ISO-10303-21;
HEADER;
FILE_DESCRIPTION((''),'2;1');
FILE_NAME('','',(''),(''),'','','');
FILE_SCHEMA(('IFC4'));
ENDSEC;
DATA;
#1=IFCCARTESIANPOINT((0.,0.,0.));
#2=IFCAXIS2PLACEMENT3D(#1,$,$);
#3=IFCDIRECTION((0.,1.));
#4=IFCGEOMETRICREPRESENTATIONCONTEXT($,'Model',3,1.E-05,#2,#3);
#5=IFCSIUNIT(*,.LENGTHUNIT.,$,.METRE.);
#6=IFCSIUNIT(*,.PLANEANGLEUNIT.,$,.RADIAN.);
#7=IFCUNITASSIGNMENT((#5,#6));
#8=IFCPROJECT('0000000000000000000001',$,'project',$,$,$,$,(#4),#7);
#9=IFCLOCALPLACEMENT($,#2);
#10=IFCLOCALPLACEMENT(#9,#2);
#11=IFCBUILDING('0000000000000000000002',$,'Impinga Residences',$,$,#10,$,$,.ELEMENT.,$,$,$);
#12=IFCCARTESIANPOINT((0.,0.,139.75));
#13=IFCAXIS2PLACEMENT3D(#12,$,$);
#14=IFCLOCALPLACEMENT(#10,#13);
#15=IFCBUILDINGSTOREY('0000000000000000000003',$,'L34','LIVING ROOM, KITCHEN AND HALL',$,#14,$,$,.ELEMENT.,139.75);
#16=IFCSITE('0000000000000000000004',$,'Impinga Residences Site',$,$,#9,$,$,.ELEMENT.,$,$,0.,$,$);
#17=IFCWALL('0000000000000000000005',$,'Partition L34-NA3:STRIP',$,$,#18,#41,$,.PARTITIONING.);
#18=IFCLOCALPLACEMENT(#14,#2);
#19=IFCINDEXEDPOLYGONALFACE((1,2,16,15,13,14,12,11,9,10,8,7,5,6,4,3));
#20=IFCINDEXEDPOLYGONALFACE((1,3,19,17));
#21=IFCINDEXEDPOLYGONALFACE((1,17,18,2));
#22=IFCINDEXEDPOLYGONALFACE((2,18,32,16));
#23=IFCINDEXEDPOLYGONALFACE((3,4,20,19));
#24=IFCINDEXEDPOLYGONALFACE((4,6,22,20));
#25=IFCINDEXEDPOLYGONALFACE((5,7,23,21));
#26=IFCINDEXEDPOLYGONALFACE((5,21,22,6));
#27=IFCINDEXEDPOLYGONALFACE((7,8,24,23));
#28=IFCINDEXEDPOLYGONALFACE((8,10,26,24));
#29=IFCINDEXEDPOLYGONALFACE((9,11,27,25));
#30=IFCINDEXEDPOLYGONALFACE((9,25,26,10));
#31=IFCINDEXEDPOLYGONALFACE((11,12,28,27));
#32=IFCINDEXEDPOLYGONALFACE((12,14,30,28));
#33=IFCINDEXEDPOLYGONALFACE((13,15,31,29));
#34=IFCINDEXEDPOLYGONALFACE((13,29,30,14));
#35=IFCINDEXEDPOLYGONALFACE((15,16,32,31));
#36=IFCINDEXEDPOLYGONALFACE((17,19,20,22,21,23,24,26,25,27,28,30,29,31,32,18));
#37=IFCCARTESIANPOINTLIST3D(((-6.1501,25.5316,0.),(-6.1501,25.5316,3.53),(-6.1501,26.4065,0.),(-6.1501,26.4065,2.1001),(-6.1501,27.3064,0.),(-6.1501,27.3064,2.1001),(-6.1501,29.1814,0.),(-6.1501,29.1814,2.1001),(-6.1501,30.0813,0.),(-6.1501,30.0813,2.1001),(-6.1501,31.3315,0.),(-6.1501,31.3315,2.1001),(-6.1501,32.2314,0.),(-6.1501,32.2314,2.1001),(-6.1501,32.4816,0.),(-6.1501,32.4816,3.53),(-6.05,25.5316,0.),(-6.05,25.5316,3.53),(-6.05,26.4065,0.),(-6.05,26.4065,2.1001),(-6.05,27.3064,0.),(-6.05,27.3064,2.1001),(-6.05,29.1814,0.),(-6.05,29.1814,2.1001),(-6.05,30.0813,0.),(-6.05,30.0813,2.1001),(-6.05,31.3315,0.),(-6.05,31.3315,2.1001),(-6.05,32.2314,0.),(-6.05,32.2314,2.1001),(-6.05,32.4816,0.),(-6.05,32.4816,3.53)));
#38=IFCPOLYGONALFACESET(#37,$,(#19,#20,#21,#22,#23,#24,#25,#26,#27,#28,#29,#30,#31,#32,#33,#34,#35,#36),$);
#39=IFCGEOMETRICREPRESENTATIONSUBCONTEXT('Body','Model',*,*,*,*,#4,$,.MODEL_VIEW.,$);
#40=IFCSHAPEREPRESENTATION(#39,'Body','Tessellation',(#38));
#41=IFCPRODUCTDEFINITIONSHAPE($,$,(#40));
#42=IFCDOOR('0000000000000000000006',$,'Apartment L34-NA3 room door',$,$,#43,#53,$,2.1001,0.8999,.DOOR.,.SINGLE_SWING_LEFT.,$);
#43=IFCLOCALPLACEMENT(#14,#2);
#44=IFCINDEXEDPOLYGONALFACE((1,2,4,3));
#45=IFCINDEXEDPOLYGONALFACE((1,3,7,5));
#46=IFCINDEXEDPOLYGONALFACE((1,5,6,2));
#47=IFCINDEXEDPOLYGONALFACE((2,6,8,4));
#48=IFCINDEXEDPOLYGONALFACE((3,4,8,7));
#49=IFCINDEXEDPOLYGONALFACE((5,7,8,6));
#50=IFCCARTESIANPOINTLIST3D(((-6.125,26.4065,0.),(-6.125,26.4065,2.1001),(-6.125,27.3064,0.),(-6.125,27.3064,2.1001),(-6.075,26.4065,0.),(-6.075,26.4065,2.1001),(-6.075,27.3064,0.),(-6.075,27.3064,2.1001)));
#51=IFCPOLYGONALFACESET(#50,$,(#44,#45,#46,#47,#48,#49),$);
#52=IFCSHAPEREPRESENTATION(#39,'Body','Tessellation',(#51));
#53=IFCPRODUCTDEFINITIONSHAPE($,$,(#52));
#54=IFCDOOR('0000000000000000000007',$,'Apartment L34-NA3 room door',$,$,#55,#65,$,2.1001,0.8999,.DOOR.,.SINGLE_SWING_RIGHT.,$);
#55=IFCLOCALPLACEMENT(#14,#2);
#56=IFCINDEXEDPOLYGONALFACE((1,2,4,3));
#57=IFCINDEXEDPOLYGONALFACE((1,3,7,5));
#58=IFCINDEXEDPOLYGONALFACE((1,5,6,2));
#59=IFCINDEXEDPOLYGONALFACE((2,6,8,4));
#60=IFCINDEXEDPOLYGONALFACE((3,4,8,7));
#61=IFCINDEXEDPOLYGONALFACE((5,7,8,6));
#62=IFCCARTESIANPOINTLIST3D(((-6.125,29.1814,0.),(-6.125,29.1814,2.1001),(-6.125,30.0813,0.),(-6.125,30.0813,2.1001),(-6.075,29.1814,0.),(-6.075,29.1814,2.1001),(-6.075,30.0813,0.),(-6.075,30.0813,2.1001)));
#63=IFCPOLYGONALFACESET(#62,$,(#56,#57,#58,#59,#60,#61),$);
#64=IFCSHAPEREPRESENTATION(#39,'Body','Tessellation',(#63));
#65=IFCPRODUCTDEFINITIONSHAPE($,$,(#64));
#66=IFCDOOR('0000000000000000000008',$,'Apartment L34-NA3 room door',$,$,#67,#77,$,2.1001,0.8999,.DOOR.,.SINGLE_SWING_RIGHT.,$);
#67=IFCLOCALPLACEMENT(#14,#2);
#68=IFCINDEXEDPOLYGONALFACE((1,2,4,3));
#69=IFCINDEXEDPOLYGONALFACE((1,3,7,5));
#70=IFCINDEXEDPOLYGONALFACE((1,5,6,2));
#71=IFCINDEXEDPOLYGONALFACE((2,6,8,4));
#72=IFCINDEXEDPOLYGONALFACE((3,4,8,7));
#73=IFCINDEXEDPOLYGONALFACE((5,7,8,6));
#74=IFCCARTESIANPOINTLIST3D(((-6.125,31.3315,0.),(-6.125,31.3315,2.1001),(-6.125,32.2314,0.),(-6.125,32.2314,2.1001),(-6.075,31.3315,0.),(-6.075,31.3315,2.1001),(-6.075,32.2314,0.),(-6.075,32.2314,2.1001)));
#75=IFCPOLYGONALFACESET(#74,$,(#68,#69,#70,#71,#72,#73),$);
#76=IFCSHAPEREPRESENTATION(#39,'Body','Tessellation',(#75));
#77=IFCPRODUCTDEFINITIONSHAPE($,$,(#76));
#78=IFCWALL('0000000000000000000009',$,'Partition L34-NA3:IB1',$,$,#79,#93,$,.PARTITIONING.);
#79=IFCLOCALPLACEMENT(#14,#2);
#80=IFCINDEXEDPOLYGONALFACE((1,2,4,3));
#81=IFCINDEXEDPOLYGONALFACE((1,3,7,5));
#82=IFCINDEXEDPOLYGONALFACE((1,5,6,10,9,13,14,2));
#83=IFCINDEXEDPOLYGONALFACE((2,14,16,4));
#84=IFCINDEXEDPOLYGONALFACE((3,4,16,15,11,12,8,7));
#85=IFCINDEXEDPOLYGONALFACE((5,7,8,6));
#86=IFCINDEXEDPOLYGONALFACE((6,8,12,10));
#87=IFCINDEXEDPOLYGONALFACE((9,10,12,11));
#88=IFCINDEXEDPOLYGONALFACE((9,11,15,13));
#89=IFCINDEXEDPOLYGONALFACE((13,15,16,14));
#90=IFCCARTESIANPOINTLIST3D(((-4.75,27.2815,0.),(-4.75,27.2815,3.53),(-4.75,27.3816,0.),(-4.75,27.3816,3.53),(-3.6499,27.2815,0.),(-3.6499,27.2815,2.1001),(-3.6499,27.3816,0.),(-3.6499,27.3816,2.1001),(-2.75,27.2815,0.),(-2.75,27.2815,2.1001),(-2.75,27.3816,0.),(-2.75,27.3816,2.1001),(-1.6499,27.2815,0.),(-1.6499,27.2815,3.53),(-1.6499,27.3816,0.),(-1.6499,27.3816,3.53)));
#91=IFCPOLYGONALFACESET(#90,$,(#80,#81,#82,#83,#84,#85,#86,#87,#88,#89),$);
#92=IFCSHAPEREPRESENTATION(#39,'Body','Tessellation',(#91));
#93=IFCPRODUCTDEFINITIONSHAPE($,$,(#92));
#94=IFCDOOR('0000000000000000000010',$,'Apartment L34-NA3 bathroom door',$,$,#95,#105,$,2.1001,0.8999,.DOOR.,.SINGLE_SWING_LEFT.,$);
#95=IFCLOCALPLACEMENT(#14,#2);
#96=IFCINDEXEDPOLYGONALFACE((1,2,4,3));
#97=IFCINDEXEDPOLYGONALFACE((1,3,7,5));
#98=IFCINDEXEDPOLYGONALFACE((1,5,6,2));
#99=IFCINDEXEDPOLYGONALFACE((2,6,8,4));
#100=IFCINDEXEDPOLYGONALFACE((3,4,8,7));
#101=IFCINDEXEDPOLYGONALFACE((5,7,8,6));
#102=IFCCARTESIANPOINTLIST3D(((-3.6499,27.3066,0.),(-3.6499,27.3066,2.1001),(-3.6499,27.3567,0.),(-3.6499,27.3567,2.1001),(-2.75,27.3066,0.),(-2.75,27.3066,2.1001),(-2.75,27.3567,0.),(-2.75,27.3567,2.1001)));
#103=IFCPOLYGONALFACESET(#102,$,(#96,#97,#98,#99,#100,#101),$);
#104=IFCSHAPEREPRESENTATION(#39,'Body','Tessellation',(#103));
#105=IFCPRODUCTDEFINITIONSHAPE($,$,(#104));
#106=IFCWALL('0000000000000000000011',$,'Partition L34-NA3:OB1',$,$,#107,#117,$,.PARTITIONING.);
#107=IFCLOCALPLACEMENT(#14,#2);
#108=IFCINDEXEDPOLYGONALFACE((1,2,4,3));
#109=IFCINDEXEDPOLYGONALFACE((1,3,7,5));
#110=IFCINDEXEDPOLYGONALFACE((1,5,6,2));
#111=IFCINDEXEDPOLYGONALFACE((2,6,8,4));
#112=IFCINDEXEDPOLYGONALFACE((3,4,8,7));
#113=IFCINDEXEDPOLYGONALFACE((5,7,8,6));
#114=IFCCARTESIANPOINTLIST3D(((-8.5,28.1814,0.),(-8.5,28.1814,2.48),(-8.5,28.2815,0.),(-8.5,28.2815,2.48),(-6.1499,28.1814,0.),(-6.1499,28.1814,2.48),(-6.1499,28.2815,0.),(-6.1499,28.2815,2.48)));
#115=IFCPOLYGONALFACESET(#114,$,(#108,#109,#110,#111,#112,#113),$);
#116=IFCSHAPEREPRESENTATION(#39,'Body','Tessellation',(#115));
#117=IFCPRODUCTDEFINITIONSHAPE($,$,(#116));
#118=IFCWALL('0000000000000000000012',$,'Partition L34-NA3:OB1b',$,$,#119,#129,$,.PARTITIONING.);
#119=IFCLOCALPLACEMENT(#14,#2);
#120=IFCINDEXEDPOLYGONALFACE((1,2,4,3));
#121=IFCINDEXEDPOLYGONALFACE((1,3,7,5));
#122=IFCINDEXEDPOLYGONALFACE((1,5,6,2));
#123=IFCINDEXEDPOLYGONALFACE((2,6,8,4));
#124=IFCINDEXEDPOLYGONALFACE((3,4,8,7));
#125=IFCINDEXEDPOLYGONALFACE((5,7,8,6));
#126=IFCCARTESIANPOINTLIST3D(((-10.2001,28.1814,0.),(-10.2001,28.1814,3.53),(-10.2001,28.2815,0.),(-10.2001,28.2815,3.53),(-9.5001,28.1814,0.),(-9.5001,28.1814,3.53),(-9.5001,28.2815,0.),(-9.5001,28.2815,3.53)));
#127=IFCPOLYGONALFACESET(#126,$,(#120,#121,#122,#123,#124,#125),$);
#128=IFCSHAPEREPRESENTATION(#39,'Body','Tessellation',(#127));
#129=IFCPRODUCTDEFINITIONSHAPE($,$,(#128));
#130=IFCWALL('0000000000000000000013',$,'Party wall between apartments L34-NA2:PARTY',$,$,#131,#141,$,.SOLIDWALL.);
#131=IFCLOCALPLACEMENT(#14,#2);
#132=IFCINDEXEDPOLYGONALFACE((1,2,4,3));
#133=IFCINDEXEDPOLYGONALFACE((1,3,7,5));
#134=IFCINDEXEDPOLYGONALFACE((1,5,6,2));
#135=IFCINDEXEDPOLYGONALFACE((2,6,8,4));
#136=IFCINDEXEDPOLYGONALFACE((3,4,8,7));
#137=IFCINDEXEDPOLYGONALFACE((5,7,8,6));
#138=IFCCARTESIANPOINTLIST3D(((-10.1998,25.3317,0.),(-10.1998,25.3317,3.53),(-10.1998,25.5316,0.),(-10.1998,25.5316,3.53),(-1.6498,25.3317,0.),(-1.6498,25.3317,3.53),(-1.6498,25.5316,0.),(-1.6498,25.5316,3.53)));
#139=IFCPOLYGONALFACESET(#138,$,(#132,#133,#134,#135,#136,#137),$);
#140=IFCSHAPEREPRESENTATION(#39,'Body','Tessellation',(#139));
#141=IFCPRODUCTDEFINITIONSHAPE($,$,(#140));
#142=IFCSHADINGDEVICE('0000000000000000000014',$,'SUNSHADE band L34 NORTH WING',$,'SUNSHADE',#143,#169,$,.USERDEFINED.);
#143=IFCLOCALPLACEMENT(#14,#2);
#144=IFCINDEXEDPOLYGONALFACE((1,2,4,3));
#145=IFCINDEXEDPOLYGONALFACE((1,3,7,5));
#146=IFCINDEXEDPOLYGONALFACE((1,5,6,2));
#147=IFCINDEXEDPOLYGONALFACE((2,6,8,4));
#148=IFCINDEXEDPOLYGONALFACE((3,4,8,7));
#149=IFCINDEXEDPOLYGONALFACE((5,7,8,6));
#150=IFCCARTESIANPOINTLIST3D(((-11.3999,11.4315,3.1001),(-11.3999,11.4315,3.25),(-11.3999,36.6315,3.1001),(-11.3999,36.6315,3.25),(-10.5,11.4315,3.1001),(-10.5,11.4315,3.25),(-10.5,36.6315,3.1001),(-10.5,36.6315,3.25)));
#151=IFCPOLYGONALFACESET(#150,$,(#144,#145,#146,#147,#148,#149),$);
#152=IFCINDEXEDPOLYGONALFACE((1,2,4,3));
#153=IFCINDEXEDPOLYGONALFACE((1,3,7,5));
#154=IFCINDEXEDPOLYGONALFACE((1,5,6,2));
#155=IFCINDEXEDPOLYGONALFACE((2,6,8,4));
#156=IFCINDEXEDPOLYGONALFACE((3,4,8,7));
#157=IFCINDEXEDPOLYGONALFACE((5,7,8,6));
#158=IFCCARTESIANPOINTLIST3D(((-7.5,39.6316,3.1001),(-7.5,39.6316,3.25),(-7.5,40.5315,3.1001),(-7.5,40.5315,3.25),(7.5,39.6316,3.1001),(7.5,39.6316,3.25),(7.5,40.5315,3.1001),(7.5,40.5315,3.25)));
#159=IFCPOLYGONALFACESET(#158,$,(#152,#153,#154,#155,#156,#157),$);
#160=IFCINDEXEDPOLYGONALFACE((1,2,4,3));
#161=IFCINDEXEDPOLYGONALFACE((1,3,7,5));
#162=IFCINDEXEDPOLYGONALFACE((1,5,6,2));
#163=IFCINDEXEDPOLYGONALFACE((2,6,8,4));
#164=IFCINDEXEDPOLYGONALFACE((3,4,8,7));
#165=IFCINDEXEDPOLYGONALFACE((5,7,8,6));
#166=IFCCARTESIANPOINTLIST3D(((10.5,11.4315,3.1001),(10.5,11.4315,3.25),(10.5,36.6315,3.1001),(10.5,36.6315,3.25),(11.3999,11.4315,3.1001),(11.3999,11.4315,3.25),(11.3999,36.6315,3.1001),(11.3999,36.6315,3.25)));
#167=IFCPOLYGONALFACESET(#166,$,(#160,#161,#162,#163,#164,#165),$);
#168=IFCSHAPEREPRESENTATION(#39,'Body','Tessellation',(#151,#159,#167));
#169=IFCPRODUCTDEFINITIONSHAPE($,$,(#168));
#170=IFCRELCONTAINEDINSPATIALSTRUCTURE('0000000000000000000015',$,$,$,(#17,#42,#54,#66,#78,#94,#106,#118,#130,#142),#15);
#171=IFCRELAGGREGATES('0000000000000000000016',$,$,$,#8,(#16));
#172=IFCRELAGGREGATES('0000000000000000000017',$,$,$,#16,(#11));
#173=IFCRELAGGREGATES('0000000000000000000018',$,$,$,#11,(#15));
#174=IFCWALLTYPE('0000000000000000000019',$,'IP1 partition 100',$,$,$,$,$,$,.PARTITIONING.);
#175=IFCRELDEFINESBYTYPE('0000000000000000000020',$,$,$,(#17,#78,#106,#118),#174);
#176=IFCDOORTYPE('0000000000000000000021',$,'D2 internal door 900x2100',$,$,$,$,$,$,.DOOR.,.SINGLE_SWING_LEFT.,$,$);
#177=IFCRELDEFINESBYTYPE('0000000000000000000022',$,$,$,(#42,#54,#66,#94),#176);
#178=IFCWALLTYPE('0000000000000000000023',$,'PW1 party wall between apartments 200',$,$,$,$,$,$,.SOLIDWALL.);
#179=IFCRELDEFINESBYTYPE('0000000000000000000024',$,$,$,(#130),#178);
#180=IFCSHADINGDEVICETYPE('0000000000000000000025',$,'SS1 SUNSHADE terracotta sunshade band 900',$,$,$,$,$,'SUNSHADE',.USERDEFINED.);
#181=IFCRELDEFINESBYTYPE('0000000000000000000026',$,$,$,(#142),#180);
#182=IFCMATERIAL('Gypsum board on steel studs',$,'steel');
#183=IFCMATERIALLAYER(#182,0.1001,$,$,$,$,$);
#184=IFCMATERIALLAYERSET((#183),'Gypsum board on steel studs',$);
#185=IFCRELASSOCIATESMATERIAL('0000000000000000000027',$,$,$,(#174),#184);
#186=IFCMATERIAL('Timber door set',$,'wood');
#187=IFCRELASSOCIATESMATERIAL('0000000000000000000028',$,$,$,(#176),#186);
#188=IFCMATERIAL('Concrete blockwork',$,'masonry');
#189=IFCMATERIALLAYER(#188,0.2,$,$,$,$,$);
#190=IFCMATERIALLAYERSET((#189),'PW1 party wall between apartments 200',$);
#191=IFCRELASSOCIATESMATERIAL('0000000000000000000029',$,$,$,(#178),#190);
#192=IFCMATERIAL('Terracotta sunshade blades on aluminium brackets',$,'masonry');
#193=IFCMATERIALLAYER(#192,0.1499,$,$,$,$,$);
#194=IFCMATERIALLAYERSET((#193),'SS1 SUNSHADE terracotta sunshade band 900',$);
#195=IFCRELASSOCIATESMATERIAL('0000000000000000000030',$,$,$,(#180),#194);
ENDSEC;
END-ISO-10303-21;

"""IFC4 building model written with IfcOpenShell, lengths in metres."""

from ifc_helpers import new_model, si_unit, direction, frame, frame_2d, origin, origin_2d, place, context, subcontext, project, spatial, rectangle, extrude, material, layer, layer_set, type_object, element, fill, save


model = new_model("IFC4")

# Units and contexts
model_context = context("Model", 3, precision=1e-05, world=origin(), true_north=direction((0.0, 1.0)))
body_context = subcontext(model_context, "Body", "Model", "MODEL_VIEW")
ifc_project = project(units=[si_unit("LENGTHUNIT", "METRE"), si_unit("PLANEANGLEUNIT", "RADIAN")], contexts=[model_context])

# Site, building, storey
site_placement = place(None, origin())
site = spatial("IfcSite", under=ifc_project, at=site_placement, Name="Impinga Residences Site", CompositionType="ELEMENT", RefElevation=0.0)
building_placement = place(site_placement, origin())
building = spatial("IfcBuilding", under=site, at=building_placement, Name="Impinga Residences", CompositionType="ELEMENT")
storey_placement = place(building_placement, frame((0.0, 0.0, 139.75)))
storey = spatial("IfcBuildingStorey", under=building, at=storey_placement, Name="L34", Description="LIVING ROOM, KITCHEN AND HALL", CompositionType="ELEMENT", Elevation=139.75)

# Shared definitions
ifc_material_1 = material(Name="Concrete blockwork", Category="masonry")
ifc_material_2 = material(Name="Timber door set", Category="wood")
ifc_material_3 = material(Name="Gypsum board on steel studs", Category="steel")
ifc_layer_1 = layer(ifc_material_3, 0.1001)
ifc_layer_set_1 = layer_set([ifc_layer_1], Name="Gypsum board on steel studs")
wall_type_1 = type_object("IfcWallType", Name="IP1 partition 100", PredefinedType="PARTITIONING", material=ifc_layer_set_1)
door_type_1 = type_object("IfcDoorType", Name="D2 internal door 900x2100", OperationType="SINGLE_SWING_LEFT", PredefinedType="DOOR", material=ifc_material_2)

# Wall, openings, doors
wall_1_placement = place(storey_placement, frame((-6.1001, 25.5315, 0.0), z_axis=(0.0, 0.0, 1.0), x_axis=(0.0, 1.0, 0.0)))
wall_1 = element("IfcWall", 1, at=wall_1_placement, inside=storey, type_object=wall_type_1, Name="Partition L34-NA3:STRIP", PredefinedType="PARTITIONING", context=body_context, shape_type="SweptSolid", body=[
    extrude(rectangle(XDim=6.95, YDim=0.1001, at=frame_2d((3.4751, 0.0))), origin(), (0.0, 0.0, 1.0), 3.53),
])
opening_1_placement = place(wall_1_placement, frame((0.875, 0.0, 0.0)))
opening_1 = element("IfcOpeningElement", 2, at=opening_1_placement, cuts=wall_1, PredefinedType="OPENING", context=body_context, shape_type="SweptSolid", body=[
    extrude(rectangle(XDim=0.8999, YDim=2.1001, at=frame_2d((0.45, 1.05))), frame((0.0, 0.0601, 0.0), z_axis=(0.0, -1.0, 0.0), x_axis=(1.0, 0.0, 0.0)), (0.0, 0.0, 1.0), 0.1201),
])
opening_2_placement = place(wall_1_placement, frame((3.6499, 0.0, 0.0)))
opening_2 = element("IfcOpeningElement", 3, at=opening_2_placement, cuts=wall_1, PredefinedType="OPENING", context=body_context, shape_type="SweptSolid", body=[
    extrude(rectangle(XDim=0.8999, YDim=2.1001, at=frame_2d((0.45, 1.05))), frame((0.0, 0.0601, 0.0), z_axis=(0.0, -1.0, 0.0), x_axis=(1.0, 0.0, 0.0)), (0.0, 0.0, 1.0), 0.1201),
])
opening_3_placement = place(wall_1_placement, frame((5.8, 0.0, 0.0)))
opening_3 = element("IfcOpeningElement", 4, at=opening_3_placement, cuts=wall_1, PredefinedType="OPENING", context=body_context, shape_type="SweptSolid", body=[
    extrude(rectangle(XDim=0.8999, YDim=2.1001, at=frame_2d((0.45, 1.05))), frame((0.0, 0.0601, 0.0), z_axis=(0.0, -1.0, 0.0), x_axis=(1.0, 0.0, 0.0)), (0.0, 0.0, 1.0), 0.1201),
])
door_1_placement = place(opening_1_placement, origin())
door_1 = element("IfcDoor", 5, at=door_1_placement, inside=storey, type_object=door_type_1, Name="Apartment L34-NA3 room door", OperationType="SINGLE_SWING_LEFT", OverallHeight=2.1001, OverallWidth=0.8999, PredefinedType="DOOR", context=body_context, shape_type="SweptSolid", body=[
    extrude(rectangle(XDim=0.8999, YDim=2.1001, at=frame_2d((0.45, 1.05))), frame((0.0, 0.0249, 0.0), z_axis=(0.0, -1.0, 0.0), x_axis=(1.0, 0.0, 0.0)), (0.0, 0.0, 1.0), 0.05),
])
fill(opening_1, door_1)
door_2_placement = place(opening_2_placement, origin())
door_2 = element("IfcDoor", 6, at=door_2_placement, inside=storey, type_object=door_type_1, Name="Apartment L34-NA3 room door", OperationType="SINGLE_SWING_RIGHT", OverallHeight=2.1001, OverallWidth=0.8999, PredefinedType="DOOR", context=body_context, shape_type="SweptSolid", body=[
    extrude(rectangle(XDim=0.8999, YDim=2.1001, at=frame_2d((0.45, 1.05))), frame((0.0, 0.0249, 0.0), z_axis=(0.0, -1.0, 0.0), x_axis=(1.0, 0.0, 0.0)), (0.0, 0.0, 1.0), 0.05),
])
fill(opening_2, door_2)
door_3_placement = place(opening_3_placement, origin())
door_3 = element("IfcDoor", 7, at=door_3_placement, inside=storey, type_object=door_type_1, Name="Apartment L34-NA3 room door", OperationType="SINGLE_SWING_RIGHT", OverallHeight=2.1001, OverallWidth=0.8999, PredefinedType="DOOR", context=body_context, shape_type="SweptSolid", body=[
    extrude(rectangle(XDim=0.8999, YDim=2.1001, at=frame_2d((0.45, 1.05))), frame((0.0, 0.0249, 0.0), z_axis=(0.0, -1.0, 0.0), x_axis=(1.0, 0.0, 0.0)), (0.0, 0.0, 1.0), 0.05),
])
fill(opening_3, door_3)

# Wall, opening, door
wall_2_placement = place(storey_placement, frame((-1.6499, 27.3315, 0.0), z_axis=(0.0, 0.0, 1.0), x_axis=(-1.0, 0.0, 0.0)))
wall_2 = element("IfcWall", 8, at=wall_2_placement, inside=storey, type_object=wall_type_1, Name="Partition L34-NA3:IB1", PredefinedType="PARTITIONING", context=body_context, shape_type="SweptSolid", body=[
    extrude(rectangle(XDim=3.1001, YDim=0.1001, at=frame_2d((1.55, 0.0))), origin(), (0.0, 0.0, 1.0), 3.53),
])
opening_4_placement = place(wall_2_placement, frame((1.1001, 0.0, 0.0)))
opening_4 = element("IfcOpeningElement", 9, at=opening_4_placement, cuts=wall_2, PredefinedType="OPENING", context=body_context, shape_type="SweptSolid", body=[
    extrude(rectangle(XDim=0.8999, YDim=2.1001, at=frame_2d((0.45, 1.05))), frame((0.0, 0.0601, 0.0), z_axis=(0.0, -1.0, 0.0), x_axis=(1.0, 0.0, 0.0)), (0.0, 0.0, 1.0), 0.1201),
])
door_4_placement = place(opening_4_placement, origin())
door_4 = element("IfcDoor", 10, at=door_4_placement, inside=storey, type_object=door_type_1, Name="Apartment L34-NA3 bathroom door", OperationType="SINGLE_SWING_LEFT", OverallHeight=2.1001, OverallWidth=0.8999, PredefinedType="DOOR", context=body_context, shape_type="SweptSolid", body=[
    extrude(rectangle(XDim=0.8999, YDim=2.1001, at=frame_2d((0.45, 1.05))), frame((0.0, 0.0249, 0.0), z_axis=(0.0, -1.0, 0.0), x_axis=(1.0, 0.0, 0.0)), (0.0, 0.0, 1.0), 0.05),
])
fill(opening_4, door_4)

# Walls
wall_3_placement = place(storey_placement, frame((-6.1499, 28.2314, 0.0), z_axis=(0.0, 0.0, 1.0), x_axis=(-1.0, 0.0, 0.0)))
element("IfcWall", 11, at=wall_3_placement, inside=storey, type_object=wall_type_1, Name="Partition L34-NA3:OB1", PredefinedType="PARTITIONING", context=body_context, shape_type="SweptSolid", body=[
    extrude(rectangle(XDim=2.3501, YDim=0.1001, at=frame_2d((1.175, 0.0))), origin(), (0.0, 0.0, 1.0), 2.48),
])
wall_4_placement = place(storey_placement, frame((-9.5, 28.2314, 0.0), z_axis=(0.0, 0.0, 1.0), x_axis=(-1.0, 0.0, 0.0)))
element("IfcWall", 12, at=wall_4_placement, inside=storey, type_object=wall_type_1, Name="Partition L34-NA3:OB1b", PredefinedType="PARTITIONING", context=body_context, shape_type="SweptSolid", body=[
    extrude(rectangle(XDim=0.7, YDim=0.1001, at=frame_2d((0.3501, 0.0))), origin(), (0.0, 0.0, 1.0), 3.53),
])
ifc_layer_2 = layer(ifc_material_1, 0.2)
ifc_layer_set_2 = layer_set([ifc_layer_2], Name="PW1 party wall between apartments 200")
wall_type_2 = type_object("IfcWallType", Name="PW1 party wall between apartments 200", PredefinedType="SOLIDWALL", material=ifc_layer_set_2)
wall_5_placement = place(storey_placement, frame((-1.6499, 25.4316, 0.0), z_axis=(0.0, 0.0, 1.0), x_axis=(-1.0, 0.0, 0.0)))
element("IfcWall", 13, at=wall_5_placement, inside=storey, type_object=wall_type_2, Name="Party wall between apartments L34-NA2:PARTY", PredefinedType="SOLIDWALL", context=body_context, shape_type="SweptSolid", body=[
    extrude(rectangle(XDim=8.55, YDim=0.2, at=frame_2d((4.2749, 0.0))), origin(), (0.0, 0.0, 1.0), 3.53),
])

# Shading device
ifc_material_4 = material(Name="Terracotta sunshade blades on aluminium brackets", Category="masonry")
ifc_layer_3 = layer(ifc_material_4, 0.1499)
ifc_layer_set_3 = layer_set([ifc_layer_3], Name="SS1 SUNSHADE terracotta sunshade band 900")
shading_device_type = type_object("IfcShadingDeviceType", Name="SS1 SUNSHADE terracotta sunshade band 900", ElementType="SUNSHADE", PredefinedType="USERDEFINED", material=ifc_layer_set_3)
shading_device_placement = place(storey_placement, frame((-10.95, 24.0315, 3.1001), z_axis=(0.0, 0.0, 1.0), x_axis=(0.0, 1.0, 0.0)))
element("IfcShadingDevice", 14, at=shading_device_placement, inside=storey, type_object=shading_device_type, Name="SUNSHADE band L34 NORTH WING", ObjectType="SUNSHADE", PredefinedType="USERDEFINED", context=body_context, shape_type="SweptSolid", body=[
    extrude(rectangle(XDim=25.2, YDim=0.8999, at=origin_2d()), origin(), (0.0, 0.0, 1.0), 0.1499),
    extrude(rectangle(XDim=15.0, YDim=0.8999, at=origin_2d()), frame((16.05, -10.95, 0.0), z_axis=(0.0, 0.0, 1.0), x_axis=(0.0, -1.0, 0.0)), (0.0, 0.0, 1.0), 0.1499),
    extrude(rectangle(XDim=25.2, YDim=0.8999, at=origin_2d()), frame((0.0, -21.8999, 0.0), z_axis=(0.0, 0.0, 1.0), x_axis=(-1.0, 0.0, 0.0)), (0.0, 0.0, 1.0), 0.1499),
])

save(model, "model.ifc")
